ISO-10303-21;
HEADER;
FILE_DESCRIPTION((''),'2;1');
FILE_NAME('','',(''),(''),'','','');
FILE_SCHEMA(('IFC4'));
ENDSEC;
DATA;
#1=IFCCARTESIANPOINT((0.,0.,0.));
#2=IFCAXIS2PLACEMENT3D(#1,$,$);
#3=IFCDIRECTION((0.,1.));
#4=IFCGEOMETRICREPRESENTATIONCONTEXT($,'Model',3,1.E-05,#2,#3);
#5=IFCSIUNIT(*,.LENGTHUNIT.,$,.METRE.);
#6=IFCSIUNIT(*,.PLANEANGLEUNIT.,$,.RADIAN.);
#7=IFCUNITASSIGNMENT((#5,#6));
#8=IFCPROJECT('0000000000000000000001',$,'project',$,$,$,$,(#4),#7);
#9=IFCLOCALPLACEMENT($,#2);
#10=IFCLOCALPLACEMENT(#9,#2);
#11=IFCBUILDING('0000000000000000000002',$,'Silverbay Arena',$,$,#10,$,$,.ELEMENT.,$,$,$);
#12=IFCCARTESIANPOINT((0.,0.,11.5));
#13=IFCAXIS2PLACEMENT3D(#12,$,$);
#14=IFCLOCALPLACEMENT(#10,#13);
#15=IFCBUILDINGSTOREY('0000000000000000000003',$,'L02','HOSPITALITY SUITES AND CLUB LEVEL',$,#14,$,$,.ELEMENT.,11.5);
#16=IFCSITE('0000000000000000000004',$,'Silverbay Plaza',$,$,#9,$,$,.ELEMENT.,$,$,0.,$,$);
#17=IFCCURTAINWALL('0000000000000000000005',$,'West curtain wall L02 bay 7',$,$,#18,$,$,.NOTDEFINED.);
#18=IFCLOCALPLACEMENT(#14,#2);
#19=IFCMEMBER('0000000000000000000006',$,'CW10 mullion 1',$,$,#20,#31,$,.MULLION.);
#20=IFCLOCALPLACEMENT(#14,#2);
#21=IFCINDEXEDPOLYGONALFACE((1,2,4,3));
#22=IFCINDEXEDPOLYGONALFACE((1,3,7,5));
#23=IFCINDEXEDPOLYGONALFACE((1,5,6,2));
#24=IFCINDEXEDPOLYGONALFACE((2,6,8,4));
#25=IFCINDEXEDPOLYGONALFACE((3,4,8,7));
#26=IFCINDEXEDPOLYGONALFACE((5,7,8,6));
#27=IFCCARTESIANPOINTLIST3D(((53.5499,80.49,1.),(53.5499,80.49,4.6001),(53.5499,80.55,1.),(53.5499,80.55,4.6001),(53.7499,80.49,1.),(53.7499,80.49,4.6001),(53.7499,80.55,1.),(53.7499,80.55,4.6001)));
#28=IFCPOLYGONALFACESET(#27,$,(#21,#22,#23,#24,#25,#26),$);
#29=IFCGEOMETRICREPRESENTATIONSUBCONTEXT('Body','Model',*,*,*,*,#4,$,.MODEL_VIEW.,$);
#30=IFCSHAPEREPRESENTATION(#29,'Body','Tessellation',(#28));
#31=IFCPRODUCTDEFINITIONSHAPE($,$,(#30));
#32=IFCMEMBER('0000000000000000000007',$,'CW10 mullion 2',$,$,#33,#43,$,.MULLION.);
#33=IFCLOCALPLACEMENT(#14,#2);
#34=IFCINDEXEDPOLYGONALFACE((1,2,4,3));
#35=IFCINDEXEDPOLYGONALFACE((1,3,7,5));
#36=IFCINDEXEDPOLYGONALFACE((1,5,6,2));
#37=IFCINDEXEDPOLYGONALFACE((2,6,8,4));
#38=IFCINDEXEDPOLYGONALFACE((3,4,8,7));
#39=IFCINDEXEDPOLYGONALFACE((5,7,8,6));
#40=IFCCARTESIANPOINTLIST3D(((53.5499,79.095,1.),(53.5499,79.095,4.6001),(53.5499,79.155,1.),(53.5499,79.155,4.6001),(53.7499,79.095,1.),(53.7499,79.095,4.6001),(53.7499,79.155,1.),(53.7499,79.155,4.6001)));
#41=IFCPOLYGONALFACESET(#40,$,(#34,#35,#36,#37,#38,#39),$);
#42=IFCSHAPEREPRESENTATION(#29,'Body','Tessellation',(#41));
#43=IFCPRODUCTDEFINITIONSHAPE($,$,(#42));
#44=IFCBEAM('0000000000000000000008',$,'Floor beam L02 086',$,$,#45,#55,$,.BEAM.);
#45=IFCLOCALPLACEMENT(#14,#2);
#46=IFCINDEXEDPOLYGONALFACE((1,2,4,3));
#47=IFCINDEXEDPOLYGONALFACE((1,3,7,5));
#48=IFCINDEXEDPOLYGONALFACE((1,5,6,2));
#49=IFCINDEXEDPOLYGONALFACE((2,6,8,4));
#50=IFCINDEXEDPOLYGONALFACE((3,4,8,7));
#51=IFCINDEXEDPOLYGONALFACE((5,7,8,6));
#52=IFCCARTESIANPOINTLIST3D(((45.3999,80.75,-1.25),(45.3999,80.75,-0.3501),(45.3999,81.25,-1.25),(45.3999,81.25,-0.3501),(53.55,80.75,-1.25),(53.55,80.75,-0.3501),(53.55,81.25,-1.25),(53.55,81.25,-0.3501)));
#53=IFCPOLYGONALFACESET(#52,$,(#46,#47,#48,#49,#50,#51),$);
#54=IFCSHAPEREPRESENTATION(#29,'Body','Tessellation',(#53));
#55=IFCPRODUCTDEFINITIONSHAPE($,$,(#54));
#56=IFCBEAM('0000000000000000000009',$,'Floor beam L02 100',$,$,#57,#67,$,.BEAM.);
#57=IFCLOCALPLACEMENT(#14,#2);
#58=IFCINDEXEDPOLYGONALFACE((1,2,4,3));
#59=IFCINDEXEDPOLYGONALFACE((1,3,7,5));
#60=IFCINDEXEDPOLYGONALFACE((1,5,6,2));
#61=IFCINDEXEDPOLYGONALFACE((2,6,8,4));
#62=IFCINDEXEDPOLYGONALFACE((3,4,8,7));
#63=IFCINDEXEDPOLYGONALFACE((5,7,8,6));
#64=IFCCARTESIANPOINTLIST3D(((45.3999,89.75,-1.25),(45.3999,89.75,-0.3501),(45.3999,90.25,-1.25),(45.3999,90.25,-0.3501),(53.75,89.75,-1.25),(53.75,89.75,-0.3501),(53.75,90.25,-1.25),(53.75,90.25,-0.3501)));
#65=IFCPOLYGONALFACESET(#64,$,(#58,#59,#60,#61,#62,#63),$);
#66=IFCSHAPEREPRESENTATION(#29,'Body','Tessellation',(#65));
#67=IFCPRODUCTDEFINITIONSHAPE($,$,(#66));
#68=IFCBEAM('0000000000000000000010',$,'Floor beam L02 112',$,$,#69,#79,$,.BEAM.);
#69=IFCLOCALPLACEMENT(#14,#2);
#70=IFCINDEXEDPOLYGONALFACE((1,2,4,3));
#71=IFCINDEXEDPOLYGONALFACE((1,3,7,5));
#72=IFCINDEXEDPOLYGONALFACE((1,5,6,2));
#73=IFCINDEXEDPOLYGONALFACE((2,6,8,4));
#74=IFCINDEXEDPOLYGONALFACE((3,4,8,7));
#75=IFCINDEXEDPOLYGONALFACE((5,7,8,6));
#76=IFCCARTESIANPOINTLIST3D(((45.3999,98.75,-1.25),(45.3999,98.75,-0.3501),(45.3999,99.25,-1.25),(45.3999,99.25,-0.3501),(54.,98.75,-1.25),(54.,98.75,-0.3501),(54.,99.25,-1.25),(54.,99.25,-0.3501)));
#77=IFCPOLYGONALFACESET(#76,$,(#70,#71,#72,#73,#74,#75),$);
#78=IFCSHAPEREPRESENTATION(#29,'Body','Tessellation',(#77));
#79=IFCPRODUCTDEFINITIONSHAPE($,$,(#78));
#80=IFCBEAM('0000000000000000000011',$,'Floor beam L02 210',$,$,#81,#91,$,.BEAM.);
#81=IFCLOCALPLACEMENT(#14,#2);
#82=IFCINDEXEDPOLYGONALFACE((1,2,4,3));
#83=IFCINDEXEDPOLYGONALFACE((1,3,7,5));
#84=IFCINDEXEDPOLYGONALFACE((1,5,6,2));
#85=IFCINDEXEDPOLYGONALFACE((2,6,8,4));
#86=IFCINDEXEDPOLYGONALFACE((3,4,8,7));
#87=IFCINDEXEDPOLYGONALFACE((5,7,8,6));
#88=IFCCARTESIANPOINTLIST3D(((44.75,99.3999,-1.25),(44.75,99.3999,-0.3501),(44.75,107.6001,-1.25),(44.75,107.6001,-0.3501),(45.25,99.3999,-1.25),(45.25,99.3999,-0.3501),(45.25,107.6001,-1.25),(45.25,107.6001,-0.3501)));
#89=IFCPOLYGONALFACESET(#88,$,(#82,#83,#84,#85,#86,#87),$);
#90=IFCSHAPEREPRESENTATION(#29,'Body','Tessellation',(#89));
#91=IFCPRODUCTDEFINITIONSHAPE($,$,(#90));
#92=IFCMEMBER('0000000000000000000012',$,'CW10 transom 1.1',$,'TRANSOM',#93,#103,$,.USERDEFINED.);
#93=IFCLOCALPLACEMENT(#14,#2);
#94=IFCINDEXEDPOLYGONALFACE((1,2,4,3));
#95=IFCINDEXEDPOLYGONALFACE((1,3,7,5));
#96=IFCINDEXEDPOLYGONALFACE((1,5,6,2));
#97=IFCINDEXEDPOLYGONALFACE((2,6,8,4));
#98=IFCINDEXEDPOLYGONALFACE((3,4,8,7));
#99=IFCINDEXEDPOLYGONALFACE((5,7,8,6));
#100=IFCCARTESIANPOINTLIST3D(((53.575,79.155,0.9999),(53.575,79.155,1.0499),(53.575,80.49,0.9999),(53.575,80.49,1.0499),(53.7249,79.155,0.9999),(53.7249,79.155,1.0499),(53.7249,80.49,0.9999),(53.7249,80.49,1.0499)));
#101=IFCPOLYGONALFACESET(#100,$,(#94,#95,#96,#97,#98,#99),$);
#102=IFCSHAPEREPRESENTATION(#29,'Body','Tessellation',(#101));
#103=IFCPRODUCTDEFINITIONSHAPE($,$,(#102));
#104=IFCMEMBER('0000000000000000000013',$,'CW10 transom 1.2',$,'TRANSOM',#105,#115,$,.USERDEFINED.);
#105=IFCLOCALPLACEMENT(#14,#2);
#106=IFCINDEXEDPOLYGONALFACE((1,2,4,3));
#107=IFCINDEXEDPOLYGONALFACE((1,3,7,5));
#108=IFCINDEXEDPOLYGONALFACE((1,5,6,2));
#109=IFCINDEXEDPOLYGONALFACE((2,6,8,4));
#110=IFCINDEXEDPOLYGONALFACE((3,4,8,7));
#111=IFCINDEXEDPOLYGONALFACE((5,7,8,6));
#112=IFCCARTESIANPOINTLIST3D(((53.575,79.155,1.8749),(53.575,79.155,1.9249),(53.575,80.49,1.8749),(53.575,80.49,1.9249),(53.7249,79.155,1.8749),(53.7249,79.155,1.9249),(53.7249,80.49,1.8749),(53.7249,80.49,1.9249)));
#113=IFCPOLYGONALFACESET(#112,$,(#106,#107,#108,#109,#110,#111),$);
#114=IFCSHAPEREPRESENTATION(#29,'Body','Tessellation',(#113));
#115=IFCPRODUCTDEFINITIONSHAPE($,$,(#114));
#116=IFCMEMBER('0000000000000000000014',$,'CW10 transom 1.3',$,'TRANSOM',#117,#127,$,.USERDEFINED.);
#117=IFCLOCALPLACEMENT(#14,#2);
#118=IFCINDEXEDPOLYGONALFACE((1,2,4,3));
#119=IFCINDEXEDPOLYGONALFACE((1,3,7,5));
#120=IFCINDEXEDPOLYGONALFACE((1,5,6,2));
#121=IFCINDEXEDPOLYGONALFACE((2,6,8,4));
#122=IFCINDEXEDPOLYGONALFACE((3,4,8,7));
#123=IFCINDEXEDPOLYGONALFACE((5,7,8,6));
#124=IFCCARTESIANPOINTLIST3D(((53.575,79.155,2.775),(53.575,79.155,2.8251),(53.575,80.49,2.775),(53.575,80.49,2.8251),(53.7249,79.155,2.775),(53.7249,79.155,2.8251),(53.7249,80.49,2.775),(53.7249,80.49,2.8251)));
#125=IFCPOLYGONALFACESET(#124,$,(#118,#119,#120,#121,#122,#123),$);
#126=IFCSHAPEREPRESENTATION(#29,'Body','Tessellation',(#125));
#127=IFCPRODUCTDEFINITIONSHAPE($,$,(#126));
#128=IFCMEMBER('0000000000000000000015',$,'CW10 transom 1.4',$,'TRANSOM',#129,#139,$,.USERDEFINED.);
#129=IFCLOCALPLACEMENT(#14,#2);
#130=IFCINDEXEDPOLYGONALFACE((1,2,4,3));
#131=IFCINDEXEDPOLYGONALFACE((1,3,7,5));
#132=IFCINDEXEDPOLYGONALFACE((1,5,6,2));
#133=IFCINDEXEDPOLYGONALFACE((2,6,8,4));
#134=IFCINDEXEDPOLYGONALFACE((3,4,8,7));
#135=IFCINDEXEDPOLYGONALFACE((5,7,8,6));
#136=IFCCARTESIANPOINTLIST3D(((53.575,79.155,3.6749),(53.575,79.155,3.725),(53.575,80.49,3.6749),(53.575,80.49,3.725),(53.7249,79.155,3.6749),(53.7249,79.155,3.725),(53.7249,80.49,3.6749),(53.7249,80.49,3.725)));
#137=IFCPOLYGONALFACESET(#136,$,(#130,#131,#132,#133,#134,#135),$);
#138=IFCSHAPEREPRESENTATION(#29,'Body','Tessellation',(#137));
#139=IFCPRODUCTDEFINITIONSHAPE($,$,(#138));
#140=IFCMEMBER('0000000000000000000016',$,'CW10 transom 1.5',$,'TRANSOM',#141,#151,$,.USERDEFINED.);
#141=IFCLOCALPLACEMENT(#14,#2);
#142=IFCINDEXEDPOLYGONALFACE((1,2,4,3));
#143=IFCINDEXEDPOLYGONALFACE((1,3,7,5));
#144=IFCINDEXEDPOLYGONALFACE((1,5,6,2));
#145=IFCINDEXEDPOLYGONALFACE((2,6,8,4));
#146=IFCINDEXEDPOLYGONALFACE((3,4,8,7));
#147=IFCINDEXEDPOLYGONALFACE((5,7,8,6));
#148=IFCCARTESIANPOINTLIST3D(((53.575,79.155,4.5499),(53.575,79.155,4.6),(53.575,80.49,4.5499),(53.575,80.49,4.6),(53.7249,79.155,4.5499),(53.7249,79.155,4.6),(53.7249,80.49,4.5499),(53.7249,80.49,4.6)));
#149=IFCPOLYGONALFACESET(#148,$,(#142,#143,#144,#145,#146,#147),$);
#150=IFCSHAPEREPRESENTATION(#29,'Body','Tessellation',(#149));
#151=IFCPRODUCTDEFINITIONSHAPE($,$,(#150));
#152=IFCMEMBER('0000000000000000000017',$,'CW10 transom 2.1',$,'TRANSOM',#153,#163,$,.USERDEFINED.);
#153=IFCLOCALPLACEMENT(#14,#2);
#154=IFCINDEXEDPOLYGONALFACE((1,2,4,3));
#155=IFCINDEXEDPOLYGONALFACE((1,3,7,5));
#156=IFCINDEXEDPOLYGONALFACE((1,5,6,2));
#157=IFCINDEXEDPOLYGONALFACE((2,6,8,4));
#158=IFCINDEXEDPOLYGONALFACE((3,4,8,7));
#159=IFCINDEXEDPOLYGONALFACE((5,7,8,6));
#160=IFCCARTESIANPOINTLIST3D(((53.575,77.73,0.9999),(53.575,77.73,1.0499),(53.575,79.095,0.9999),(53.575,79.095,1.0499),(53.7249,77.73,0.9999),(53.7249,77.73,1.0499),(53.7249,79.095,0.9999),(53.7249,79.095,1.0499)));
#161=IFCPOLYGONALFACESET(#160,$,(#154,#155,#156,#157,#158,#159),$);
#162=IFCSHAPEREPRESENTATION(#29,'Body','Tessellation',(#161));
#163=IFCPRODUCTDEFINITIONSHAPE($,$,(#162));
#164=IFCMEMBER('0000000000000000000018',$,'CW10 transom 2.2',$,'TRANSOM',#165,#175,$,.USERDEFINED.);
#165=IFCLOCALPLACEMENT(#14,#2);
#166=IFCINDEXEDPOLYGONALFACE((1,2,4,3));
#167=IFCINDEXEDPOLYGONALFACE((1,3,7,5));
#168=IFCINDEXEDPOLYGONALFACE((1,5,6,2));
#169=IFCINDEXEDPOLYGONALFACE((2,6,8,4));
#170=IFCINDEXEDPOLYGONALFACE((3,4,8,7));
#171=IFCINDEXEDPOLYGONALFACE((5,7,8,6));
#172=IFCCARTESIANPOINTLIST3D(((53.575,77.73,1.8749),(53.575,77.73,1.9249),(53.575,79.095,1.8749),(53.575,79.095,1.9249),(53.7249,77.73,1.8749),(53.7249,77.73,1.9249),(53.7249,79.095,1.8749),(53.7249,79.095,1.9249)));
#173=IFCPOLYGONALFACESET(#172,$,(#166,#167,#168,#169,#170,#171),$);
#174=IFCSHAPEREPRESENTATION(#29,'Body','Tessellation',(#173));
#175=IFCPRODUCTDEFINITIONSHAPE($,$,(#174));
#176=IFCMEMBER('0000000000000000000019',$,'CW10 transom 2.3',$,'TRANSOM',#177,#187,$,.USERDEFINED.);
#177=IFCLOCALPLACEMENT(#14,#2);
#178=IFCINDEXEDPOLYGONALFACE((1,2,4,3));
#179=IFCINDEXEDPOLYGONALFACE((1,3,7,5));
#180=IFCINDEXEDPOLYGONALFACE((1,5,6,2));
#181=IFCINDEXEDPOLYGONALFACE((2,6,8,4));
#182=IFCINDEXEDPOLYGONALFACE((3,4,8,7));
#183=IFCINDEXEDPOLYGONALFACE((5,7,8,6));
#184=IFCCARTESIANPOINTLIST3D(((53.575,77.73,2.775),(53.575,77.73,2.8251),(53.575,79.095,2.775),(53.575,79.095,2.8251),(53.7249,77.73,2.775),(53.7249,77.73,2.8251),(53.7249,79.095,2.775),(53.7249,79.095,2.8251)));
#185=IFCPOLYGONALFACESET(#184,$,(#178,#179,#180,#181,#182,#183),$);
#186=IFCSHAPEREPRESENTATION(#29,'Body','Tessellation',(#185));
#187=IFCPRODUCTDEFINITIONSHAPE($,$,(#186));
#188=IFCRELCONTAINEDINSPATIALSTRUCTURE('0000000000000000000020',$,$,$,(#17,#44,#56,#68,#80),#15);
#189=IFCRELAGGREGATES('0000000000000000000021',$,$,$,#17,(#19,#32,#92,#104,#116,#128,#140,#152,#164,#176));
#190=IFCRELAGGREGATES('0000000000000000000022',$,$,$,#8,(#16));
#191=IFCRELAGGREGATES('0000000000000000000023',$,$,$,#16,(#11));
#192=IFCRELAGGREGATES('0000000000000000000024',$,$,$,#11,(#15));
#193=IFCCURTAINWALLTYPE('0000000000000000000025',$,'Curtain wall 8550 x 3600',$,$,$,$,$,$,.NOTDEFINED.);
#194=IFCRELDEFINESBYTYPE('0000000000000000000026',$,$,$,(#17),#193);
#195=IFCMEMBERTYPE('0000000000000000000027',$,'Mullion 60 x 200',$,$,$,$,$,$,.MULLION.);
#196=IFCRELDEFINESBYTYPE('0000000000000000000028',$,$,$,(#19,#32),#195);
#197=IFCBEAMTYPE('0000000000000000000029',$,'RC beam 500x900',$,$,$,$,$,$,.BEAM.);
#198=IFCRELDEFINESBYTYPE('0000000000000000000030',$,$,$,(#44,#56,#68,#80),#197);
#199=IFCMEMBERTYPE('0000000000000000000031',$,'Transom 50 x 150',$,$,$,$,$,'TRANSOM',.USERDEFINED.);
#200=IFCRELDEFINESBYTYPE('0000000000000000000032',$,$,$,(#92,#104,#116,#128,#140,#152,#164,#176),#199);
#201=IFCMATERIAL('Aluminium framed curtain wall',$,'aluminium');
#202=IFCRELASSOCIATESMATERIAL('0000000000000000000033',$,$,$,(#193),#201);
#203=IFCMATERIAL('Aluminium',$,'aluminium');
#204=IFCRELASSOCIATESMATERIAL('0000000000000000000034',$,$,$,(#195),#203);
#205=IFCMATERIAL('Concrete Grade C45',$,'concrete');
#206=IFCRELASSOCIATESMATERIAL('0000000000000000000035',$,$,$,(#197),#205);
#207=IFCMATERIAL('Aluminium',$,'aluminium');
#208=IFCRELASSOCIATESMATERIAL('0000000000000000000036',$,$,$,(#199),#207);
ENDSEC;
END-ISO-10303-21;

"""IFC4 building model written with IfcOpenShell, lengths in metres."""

from ifc_helpers import new_model, si_unit, direction, frame, origin, origin_2d, place, context, subcontext, project, spatial, rectangle, extrude, material, material_profile, profile_set, type_object, element, aggregate, save


model = new_model("IFC4")

# Units and contexts
model_context = context("Model", 3, precision=1e-05, world=origin(), true_north=direction((0.0, 1.0)))
body_context = subcontext(model_context, "Body", "Model", "MODEL_VIEW")
ifc_project = project(units=[si_unit("LENGTHUNIT", "METRE"), si_unit("PLANEANGLEUNIT", "RADIAN")], contexts=[model_context])

# Site, building, storey
site_placement = place(None, origin())
site = spatial("IfcSite", under=ifc_project, at=site_placement, Name="Silverbay Plaza", CompositionType="ELEMENT", RefElevation=0.0)
building_placement = place(site_placement, origin())
building = spatial("IfcBuilding", under=site, at=building_placement, Name="Silverbay Arena", CompositionType="ELEMENT")
storey_placement = place(building_placement, frame((0.0, 0.0, 11.5)))
storey = spatial("IfcBuildingStorey", under=building, at=storey_placement, Name="L02", Description="HOSPITALITY SUITES AND CLUB LEVEL", CompositionType="ELEMENT", Elevation=11.5)

# Curtain wall, members
ifc_material_1 = material(Name="Aluminium framed curtain wall", Category="aluminium")
curtain_wall_type = type_object("IfcCurtainWallType", Name="Curtain wall 8550 x 3600", PredefinedType="NOTDEFINED", material=ifc_material_1)
curtain_wall_placement = place(storey_placement, origin())
curtain_wall = element("IfcCurtainWall", 1, at=curtain_wall_placement, inside=storey, type_object=curtain_wall_type, Name="West curtain wall L02 bay 7", PredefinedType="NOTDEFINED")
ifc_material_2 = material(Name="Aluminium", Category="aluminium")
ifc_material_profile_1 = material_profile(ifc_material_2, rectangle(XDim=0.2, YDim=0.0601, at=origin_2d()), Name="Mullion 60 x 200")
ifc_profile_set_1 = profile_set([ifc_material_profile_1], Name="Aluminium")
member_type_1 = type_object("IfcMemberType", Name="Mullion 60 x 200", PredefinedType="MULLION", material=ifc_profile_set_1)
member_1_placement = place(storey_placement, frame((53.6499, 80.52, 1.0), z_axis=(0.0, 0.0, 1.0), x_axis=(1.0, 0.0, 0.0)))
member_1 = element("IfcMember", 2, at=member_1_placement, type_object=member_type_1, Name="CW10 mullion 1", PredefinedType="MULLION", context=body_context, shape_type="SweptSolid", body=[
    extrude(rectangle(XDim=0.2, YDim=0.0601, at=origin_2d()), origin(), (0.0, 0.0, 1.0), 3.6001),
])
member_2_placement = place(storey_placement, frame((53.6499, 79.125, 1.0), z_axis=(0.0, 0.0, 1.0), x_axis=(1.0, 0.0, 0.0)))
member_2 = element("IfcMember", 3, at=member_2_placement, type_object=member_type_1, Name="CW10 mullion 2", PredefinedType="MULLION", context=body_context, shape_type="SweptSolid", body=[
    extrude(rectangle(XDim=0.2, YDim=0.0601, at=origin_2d()), origin(), (0.0, 0.0, 1.0), 3.6001),
])

# Beams
ifc_material_3 = material(Name="Concrete Grade C45", Category="concrete")
ifc_material_profile_2 = material_profile(ifc_material_3, rectangle(XDim=0.5, YDim=0.8999, at=origin_2d()), Name="RC 500x900")
ifc_profile_set_2 = profile_set([ifc_material_profile_2], Name="Concrete Grade C45")
beam_type = type_object("IfcBeamType", Name="RC beam 500x900", PredefinedType="BEAM", material=ifc_profile_set_2)
beam_1_placement = place(storey_placement, frame((45.3999, 81.0, -0.8), z_axis=(1.0, 0.0, 0.0), x_axis=(0.0, 1.0, 0.0)))
element("IfcBeam", 4, at=beam_1_placement, inside=storey, type_object=beam_type, Name="Floor beam L02 086", PredefinedType="BEAM", context=body_context, shape_type="SweptSolid", body=[
    extrude(rectangle(XDim=0.5, YDim=0.8999, at=origin_2d()), origin(), (0.0, 0.0, 1.0), 8.1501),
])
beam_2_placement = place(storey_placement, frame((45.3999, 90.0, -0.8), z_axis=(1.0, 0.0, 0.0), x_axis=(0.0, 1.0, 0.0)))
element("IfcBeam", 5, at=beam_2_placement, inside=storey, type_object=beam_type, Name="Floor beam L02 100", PredefinedType="BEAM", context=body_context, shape_type="SweptSolid", body=[
    extrude(rectangle(XDim=0.5, YDim=0.8999, at=origin_2d()), origin(), (0.0, 0.0, 1.0), 8.3501),
])
beam_3_placement = place(storey_placement, frame((45.3999, 99.0, -0.8), z_axis=(1.0, 0.0, 0.0), x_axis=(0.0, 1.0, 0.0)))
element("IfcBeam", 6, at=beam_3_placement, inside=storey, type_object=beam_type, Name="Floor beam L02 112", PredefinedType="BEAM", context=body_context, shape_type="SweptSolid", body=[
    extrude(rectangle(XDim=0.5, YDim=0.8999, at=origin_2d()), origin(), (0.0, 0.0, 1.0), 8.6001),
])
beam_4_placement = place(storey_placement, frame((45.0, 99.3999, -0.8), z_axis=(0.0, 1.0, 0.0), x_axis=(-1.0, 0.0, 0.0)))
element("IfcBeam", 7, at=beam_4_placement, inside=storey, type_object=beam_type, Name="Floor beam L02 210", PredefinedType="BEAM", context=body_context, shape_type="SweptSolid", body=[
    extrude(rectangle(XDim=0.5, YDim=0.8999, at=origin_2d()), origin(), (0.0, 0.0, 1.0), 8.2002),
])

# Members
ifc_material_4 = material(Name="Aluminium", Category="aluminium")
ifc_material_profile_3 = material_profile(ifc_material_4, rectangle(XDim=0.1499, YDim=0.05, at=origin_2d()), Name="Transom 50 x 150")
ifc_profile_set_3 = profile_set([ifc_material_profile_3], Name="Aluminium")
member_type_2 = type_object("IfcMemberType", Name="Transom 50 x 150", ElementType="TRANSOM", PredefinedType="USERDEFINED", material=ifc_profile_set_3)
member_3_placement = place(storey_placement, frame((53.6499, 80.49, 1.0249), z_axis=(0.0, -1.0, 0.0), x_axis=(1.0, 0.0, 0.0)))
member_3 = element("IfcMember", 8, at=member_3_placement, type_object=member_type_2, Name="CW10 transom 1.1", ObjectType="TRANSOM", PredefinedType="USERDEFINED", context=body_context, shape_type="SweptSolid", body=[
    extrude(rectangle(XDim=0.1499, YDim=0.05, at=origin_2d()), origin(), (0.0, 0.0, 1.0), 1.335),
])
member_4_placement = place(storey_placement, frame((53.6499, 80.49, 1.8999), z_axis=(0.0, -1.0, 0.0), x_axis=(1.0, 0.0, 0.0)))
member_4 = element("IfcMember", 9, at=member_4_placement, type_object=member_type_2, Name="CW10 transom 1.2", ObjectType="TRANSOM", PredefinedType="USERDEFINED", context=body_context, shape_type="SweptSolid", body=[
    extrude(rectangle(XDim=0.1499, YDim=0.05, at=origin_2d()), origin(), (0.0, 0.0, 1.0), 1.335),
])
member_5_placement = place(storey_placement, frame((53.6499, 80.49, 2.8), z_axis=(0.0, -1.0, 0.0), x_axis=(1.0, 0.0, 0.0)))
member_5 = element("IfcMember", 10, at=member_5_placement, type_object=member_type_2, Name="CW10 transom 1.3", ObjectType="TRANSOM", PredefinedType="USERDEFINED", context=body_context, shape_type="SweptSolid", body=[
    extrude(rectangle(XDim=0.1499, YDim=0.05, at=origin_2d()), origin(), (0.0, 0.0, 1.0), 1.335),
])
member_6_placement = place(storey_placement, frame((53.6499, 80.49, 3.7), z_axis=(0.0, -1.0, 0.0), x_axis=(1.0, 0.0, 0.0)))
member_6 = element("IfcMember", 11, at=member_6_placement, type_object=member_type_2, Name="CW10 transom 1.4", ObjectType="TRANSOM", PredefinedType="USERDEFINED", context=body_context, shape_type="SweptSolid", body=[
    extrude(rectangle(XDim=0.1499, YDim=0.05, at=origin_2d()), origin(), (0.0, 0.0, 1.0), 1.335),
])
member_7_placement = place(storey_placement, frame((53.6499, 80.49, 4.575), z_axis=(0.0, -1.0, 0.0), x_axis=(1.0, 0.0, 0.0)))
member_7 = element("IfcMember", 12, at=member_7_placement, type_object=member_type_2, Name="CW10 transom 1.5", ObjectType="TRANSOM", PredefinedType="USERDEFINED", context=body_context, shape_type="SweptSolid", body=[
    extrude(rectangle(XDim=0.1499, YDim=0.05, at=origin_2d()), origin(), (0.0, 0.0, 1.0), 1.335),
])
member_8_placement = place(storey_placement, frame((53.6499, 79.095, 1.0249), z_axis=(0.0, -1.0, 0.0), x_axis=(1.0, 0.0, 0.0)))
member_8 = element("IfcMember", 13, at=member_8_placement, type_object=member_type_2, Name="CW10 transom 2.1", ObjectType="TRANSOM", PredefinedType="USERDEFINED", context=body_context, shape_type="SweptSolid", body=[
    extrude(rectangle(XDim=0.1499, YDim=0.05, at=origin_2d()), origin(), (0.0, 0.0, 1.0), 1.365),
])
member_9_placement = place(storey_placement, frame((53.6499, 79.095, 1.8999), z_axis=(0.0, -1.0, 0.0), x_axis=(1.0, 0.0, 0.0)))
member_9 = element("IfcMember", 14, at=member_9_placement, type_object=member_type_2, Name="CW10 transom 2.2", ObjectType="TRANSOM", PredefinedType="USERDEFINED", context=body_context, shape_type="SweptSolid", body=[
    extrude(rectangle(XDim=0.1499, YDim=0.05, at=origin_2d()), origin(), (0.0, 0.0, 1.0), 1.365),
])
member_10_placement = place(storey_placement, frame((53.6499, 79.095, 2.8), z_axis=(0.0, -1.0, 0.0), x_axis=(1.0, 0.0, 0.0)))
member_10 = element("IfcMember", 15, at=member_10_placement, type_object=member_type_2, Name="CW10 transom 2.3", ObjectType="TRANSOM", PredefinedType="USERDEFINED", context=body_context, shape_type="SweptSolid", body=[
    extrude(rectangle(XDim=0.1499, YDim=0.05, at=origin_2d()), origin(), (0.0, 0.0, 1.0), 1.365),
])

aggregate(curtain_wall, [member_1, member_2, member_3, member_4, member_5, member_6, member_7, member_8, member_9, member_10])

save(model, "model.ifc")
